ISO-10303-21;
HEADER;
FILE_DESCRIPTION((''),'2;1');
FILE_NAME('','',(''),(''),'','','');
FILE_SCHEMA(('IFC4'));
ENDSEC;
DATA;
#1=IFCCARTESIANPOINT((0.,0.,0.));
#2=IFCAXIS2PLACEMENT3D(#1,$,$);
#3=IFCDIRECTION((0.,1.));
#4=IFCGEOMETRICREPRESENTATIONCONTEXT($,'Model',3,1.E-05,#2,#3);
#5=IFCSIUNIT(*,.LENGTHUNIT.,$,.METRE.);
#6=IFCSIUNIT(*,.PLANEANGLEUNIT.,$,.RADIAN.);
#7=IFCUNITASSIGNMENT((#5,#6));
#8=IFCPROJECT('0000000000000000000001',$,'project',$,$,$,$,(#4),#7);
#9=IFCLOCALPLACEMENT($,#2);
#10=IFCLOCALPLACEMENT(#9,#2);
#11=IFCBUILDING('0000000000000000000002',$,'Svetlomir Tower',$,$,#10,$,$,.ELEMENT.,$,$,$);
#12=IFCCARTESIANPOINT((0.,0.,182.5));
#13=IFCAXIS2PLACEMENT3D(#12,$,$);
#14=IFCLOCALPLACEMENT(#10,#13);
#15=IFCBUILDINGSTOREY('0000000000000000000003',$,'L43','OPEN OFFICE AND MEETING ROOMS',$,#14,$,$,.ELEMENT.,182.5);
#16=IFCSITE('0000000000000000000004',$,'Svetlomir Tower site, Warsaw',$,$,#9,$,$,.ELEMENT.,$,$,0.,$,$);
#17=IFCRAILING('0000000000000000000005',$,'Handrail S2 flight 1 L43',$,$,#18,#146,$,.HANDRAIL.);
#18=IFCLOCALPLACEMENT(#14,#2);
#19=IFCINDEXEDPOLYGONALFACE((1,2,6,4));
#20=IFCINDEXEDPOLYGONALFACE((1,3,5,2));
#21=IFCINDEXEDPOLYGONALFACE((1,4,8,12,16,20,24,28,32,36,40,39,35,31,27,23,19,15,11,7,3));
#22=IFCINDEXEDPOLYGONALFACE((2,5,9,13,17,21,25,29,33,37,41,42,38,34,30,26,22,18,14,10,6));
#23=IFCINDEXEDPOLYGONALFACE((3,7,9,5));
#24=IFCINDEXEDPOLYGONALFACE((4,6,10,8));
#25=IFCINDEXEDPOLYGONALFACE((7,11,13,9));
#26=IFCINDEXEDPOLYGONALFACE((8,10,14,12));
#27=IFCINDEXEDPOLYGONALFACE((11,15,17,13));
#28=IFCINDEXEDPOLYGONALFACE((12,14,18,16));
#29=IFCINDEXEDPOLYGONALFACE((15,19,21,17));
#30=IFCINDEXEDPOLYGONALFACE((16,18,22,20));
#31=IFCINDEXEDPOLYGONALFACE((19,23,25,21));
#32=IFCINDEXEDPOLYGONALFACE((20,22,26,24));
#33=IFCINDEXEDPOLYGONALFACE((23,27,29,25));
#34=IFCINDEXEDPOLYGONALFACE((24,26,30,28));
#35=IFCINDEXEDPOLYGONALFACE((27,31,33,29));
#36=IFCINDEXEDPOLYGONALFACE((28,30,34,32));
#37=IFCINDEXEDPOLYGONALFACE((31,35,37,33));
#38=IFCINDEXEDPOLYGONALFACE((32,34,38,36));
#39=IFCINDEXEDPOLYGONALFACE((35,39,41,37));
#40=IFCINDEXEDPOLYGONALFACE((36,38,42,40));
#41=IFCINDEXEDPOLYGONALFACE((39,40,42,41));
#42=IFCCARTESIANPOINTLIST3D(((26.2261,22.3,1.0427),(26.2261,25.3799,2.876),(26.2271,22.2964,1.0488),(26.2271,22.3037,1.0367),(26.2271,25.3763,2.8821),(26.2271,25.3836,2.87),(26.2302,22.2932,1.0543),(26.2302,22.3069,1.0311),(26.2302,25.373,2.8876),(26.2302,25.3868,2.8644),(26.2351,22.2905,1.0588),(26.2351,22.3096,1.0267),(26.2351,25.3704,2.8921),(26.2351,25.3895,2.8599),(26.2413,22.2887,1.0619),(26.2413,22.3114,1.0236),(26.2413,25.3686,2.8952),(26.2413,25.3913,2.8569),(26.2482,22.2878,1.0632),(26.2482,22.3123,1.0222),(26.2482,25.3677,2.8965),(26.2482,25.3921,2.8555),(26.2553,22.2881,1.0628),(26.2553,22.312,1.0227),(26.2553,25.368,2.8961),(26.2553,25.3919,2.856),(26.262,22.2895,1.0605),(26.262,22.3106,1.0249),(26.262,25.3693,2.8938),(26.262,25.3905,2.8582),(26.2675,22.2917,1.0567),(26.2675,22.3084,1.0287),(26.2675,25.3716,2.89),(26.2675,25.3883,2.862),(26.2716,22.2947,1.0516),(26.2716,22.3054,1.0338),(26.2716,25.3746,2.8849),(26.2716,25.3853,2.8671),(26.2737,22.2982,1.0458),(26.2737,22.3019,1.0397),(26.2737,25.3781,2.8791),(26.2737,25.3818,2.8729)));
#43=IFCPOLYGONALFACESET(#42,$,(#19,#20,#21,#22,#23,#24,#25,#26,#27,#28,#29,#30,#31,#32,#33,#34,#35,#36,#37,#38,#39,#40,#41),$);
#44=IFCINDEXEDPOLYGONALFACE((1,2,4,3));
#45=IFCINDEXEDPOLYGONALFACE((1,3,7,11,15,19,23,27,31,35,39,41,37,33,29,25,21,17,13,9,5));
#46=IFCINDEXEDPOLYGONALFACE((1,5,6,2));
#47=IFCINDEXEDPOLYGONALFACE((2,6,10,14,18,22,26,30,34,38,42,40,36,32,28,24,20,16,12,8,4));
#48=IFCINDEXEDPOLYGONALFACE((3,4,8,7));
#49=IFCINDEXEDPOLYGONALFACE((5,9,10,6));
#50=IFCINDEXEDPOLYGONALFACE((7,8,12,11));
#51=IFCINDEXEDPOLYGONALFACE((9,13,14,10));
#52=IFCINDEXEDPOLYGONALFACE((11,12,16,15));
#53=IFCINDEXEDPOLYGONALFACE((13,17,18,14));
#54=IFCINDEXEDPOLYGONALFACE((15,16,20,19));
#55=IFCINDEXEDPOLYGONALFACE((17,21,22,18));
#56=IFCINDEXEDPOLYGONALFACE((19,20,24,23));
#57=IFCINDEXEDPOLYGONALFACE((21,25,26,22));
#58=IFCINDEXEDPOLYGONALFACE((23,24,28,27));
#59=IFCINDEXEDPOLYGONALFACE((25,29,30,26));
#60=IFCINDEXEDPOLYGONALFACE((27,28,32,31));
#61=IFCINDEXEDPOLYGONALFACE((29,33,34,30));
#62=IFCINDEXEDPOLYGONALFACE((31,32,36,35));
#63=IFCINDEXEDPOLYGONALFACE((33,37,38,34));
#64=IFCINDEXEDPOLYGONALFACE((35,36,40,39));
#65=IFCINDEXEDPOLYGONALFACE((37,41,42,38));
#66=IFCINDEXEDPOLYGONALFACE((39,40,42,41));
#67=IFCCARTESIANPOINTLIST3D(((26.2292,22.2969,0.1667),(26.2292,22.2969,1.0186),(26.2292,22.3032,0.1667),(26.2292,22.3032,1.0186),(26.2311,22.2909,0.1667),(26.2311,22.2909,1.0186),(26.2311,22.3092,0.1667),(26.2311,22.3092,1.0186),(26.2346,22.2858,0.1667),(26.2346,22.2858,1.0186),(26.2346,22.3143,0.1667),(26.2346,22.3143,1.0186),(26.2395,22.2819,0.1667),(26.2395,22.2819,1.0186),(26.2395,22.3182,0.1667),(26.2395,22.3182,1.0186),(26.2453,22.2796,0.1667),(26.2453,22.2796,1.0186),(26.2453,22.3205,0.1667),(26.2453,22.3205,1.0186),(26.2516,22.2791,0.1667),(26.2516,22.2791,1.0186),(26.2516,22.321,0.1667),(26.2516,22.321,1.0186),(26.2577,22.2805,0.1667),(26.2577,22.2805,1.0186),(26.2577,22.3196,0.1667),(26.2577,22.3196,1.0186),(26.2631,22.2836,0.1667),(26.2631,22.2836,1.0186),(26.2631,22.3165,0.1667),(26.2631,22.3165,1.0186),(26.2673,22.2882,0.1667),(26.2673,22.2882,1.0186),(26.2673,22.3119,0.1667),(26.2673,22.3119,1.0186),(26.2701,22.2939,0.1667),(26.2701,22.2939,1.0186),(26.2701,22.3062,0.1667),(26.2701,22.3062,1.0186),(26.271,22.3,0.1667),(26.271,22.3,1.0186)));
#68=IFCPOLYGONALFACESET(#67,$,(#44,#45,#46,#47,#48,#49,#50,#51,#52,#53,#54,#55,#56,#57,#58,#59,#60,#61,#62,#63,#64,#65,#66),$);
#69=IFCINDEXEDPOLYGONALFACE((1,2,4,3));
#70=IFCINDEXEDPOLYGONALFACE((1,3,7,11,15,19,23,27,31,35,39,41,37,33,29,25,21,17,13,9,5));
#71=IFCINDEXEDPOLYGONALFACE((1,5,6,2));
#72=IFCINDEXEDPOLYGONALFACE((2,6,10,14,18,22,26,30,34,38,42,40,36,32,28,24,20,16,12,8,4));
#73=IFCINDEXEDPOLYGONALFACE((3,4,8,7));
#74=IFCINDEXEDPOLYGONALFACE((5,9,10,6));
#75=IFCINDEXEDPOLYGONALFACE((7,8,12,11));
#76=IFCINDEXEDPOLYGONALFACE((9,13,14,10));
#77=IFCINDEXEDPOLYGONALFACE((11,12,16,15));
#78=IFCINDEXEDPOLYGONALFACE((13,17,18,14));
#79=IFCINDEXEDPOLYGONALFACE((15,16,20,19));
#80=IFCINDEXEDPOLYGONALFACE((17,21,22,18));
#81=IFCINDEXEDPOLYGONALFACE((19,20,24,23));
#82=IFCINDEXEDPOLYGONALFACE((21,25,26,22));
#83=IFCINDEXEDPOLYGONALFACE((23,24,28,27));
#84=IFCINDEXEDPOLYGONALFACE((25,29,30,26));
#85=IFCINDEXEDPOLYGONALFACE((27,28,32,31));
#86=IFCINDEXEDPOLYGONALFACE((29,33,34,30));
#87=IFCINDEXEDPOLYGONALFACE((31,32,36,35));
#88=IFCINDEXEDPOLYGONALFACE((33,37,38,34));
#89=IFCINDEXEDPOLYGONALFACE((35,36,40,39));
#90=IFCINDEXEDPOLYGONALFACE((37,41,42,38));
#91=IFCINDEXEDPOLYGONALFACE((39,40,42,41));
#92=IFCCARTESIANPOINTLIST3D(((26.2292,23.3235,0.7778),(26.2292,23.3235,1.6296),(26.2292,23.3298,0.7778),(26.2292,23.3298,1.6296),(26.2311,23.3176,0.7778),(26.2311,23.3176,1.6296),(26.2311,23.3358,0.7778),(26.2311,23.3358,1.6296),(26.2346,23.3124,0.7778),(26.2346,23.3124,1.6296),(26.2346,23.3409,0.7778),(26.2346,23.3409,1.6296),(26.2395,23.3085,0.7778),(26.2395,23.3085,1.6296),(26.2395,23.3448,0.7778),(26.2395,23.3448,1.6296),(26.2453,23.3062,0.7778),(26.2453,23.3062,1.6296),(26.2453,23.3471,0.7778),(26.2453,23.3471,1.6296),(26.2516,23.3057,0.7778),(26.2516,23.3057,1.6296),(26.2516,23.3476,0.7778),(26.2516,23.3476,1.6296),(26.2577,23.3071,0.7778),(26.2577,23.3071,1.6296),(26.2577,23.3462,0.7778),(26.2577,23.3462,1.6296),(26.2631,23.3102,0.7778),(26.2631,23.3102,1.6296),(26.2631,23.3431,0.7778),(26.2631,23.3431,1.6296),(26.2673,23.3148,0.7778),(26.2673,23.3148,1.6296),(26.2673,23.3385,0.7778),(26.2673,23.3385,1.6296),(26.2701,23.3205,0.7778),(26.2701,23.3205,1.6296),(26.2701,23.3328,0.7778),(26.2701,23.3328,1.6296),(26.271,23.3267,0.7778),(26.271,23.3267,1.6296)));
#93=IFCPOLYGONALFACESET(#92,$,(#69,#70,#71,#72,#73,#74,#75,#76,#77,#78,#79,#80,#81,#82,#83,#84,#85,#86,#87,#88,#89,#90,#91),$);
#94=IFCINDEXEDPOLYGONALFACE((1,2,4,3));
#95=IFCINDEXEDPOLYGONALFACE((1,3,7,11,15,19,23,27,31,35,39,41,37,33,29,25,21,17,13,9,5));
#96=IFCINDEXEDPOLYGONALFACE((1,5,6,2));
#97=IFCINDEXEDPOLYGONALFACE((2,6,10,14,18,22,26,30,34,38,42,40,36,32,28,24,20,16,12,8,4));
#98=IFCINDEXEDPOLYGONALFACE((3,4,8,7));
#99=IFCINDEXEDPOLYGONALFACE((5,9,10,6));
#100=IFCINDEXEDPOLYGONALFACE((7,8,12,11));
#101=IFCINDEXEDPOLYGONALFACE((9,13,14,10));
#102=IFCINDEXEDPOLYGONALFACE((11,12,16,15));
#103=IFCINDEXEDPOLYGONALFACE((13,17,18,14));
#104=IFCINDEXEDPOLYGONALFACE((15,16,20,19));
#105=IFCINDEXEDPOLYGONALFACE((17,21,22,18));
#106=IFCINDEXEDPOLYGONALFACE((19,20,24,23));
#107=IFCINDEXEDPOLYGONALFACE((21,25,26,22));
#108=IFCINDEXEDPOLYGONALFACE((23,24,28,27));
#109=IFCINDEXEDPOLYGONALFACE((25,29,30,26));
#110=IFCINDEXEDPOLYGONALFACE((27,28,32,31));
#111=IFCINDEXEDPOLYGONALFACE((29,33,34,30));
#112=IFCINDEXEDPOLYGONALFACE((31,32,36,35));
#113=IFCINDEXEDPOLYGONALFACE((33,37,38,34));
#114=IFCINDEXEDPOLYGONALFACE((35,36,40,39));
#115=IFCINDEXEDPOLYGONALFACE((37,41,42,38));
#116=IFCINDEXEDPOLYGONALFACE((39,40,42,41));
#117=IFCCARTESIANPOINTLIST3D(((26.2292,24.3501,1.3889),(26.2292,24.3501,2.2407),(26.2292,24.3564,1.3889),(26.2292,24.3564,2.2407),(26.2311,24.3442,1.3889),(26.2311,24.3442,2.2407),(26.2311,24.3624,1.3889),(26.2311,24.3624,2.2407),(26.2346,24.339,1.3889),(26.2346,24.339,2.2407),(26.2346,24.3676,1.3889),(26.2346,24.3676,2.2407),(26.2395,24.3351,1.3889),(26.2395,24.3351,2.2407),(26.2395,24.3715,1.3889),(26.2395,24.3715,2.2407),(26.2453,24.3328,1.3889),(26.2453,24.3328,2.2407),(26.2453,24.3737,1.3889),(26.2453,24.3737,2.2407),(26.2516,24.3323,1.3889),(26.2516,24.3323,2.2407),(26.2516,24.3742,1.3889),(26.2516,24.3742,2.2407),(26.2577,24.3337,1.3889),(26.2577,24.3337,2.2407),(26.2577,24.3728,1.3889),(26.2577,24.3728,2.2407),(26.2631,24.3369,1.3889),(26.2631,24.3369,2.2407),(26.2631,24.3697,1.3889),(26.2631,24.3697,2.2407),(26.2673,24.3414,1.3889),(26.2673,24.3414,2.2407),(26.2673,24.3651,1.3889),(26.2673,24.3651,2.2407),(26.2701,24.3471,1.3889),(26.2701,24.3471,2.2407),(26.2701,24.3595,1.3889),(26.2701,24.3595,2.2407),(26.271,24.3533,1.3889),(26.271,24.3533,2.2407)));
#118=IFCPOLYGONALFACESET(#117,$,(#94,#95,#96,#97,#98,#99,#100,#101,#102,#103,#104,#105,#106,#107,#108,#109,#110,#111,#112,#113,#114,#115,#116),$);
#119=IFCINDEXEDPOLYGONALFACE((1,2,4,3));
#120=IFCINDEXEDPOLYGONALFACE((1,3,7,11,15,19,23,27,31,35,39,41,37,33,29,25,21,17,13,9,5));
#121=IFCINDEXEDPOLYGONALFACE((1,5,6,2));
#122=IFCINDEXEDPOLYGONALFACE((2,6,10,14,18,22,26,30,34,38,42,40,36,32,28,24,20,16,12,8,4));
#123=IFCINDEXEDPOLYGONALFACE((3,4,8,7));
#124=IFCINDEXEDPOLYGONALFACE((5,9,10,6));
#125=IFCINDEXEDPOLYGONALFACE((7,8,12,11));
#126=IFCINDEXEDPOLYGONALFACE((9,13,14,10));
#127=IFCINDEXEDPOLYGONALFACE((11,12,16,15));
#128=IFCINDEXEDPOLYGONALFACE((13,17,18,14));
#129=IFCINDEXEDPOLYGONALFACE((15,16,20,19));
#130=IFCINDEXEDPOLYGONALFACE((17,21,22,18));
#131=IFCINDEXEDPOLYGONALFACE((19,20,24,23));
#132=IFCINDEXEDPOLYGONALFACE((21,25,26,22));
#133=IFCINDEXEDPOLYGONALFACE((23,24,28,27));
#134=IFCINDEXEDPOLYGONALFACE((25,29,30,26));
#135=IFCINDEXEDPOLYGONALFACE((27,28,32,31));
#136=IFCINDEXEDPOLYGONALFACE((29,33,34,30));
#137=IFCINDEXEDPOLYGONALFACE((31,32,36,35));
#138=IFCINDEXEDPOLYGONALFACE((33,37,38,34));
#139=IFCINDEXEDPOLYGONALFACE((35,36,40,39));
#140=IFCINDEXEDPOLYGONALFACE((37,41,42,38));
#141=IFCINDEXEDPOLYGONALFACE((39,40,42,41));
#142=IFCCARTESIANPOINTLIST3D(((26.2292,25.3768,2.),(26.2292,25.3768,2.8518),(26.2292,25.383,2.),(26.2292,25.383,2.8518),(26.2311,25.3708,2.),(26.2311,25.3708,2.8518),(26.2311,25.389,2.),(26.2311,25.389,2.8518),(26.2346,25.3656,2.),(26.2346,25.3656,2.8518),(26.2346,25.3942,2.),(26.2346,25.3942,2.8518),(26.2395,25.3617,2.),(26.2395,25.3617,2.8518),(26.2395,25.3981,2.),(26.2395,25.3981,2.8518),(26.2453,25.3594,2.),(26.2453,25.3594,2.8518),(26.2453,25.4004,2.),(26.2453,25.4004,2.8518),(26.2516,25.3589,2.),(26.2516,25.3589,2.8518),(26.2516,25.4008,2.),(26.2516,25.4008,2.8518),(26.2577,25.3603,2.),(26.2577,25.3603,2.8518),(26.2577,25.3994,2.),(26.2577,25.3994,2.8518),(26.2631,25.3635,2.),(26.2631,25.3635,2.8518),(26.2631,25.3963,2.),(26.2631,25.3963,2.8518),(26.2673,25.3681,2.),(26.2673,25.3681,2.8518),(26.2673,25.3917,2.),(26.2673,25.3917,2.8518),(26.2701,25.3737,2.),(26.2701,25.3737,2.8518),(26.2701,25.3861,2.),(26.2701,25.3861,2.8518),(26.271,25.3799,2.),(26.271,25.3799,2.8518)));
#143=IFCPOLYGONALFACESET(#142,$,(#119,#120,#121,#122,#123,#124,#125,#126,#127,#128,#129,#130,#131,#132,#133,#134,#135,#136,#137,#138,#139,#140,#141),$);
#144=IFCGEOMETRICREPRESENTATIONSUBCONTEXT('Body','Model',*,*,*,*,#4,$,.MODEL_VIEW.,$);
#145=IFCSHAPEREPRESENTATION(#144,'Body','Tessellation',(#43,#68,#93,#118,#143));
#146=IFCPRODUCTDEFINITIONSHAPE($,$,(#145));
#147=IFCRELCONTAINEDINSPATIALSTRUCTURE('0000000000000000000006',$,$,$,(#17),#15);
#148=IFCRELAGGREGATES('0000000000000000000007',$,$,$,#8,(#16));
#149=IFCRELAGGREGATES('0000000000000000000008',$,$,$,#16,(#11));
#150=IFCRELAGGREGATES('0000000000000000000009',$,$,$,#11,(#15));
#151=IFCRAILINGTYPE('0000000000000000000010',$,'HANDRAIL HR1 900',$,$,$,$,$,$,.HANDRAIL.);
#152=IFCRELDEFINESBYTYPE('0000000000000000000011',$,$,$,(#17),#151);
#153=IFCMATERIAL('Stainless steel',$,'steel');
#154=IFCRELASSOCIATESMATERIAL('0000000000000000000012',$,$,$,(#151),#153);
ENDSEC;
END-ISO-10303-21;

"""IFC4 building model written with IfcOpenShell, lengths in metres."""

from ifc_helpers import new_model, si_unit, direction, frame, origin, origin_2d, place, context, subcontext, project, spatial, circle, extrude, material, type_object, element, save


model = new_model("IFC4")

# Units and contexts
model_context = context("Model", 3, precision=1e-05, world=origin(), true_north=direction((0.0, 1.0)))
body_context = subcontext(model_context, "Body", "Model", "MODEL_VIEW")
ifc_project = project(units=[si_unit("LENGTHUNIT", "METRE"), si_unit("PLANEANGLEUNIT", "RADIAN")], contexts=[model_context])

# Site, building, storey
site_placement = place(None, origin())
site = spatial("IfcSite", under=ifc_project, at=site_placement, Name="Svetlomir Tower site, Warsaw", CompositionType="ELEMENT", RefElevation=0.0)
building_placement = place(site_placement, origin())
building = spatial("IfcBuilding", under=site, at=building_placement, Name="Svetlomir Tower", CompositionType="ELEMENT")
storey_placement = place(building_placement, frame((0.0, 0.0, 182.5)))
storey = spatial("IfcBuildingStorey", under=building, at=storey_placement, Name="L43", Description="OPEN OFFICE AND MEETING ROOMS", CompositionType="ELEMENT", Elevation=182.5)

# Railing
ifc_material_1 = material(Name="Stainless steel", Category="steel")
railing_type = type_object("IfcRailingType", Name="HANDRAIL HR1 900", PredefinedType="HANDRAIL", material=ifc_material_1)
railing_placement = place(storey_placement, frame((26.25, 22.3, 0.1667)))
element("IfcRailing", 1, at=railing_placement, inside=storey, type_object=railing_type, Name="Handrail S2 flight 1 L43", PredefinedType="HANDRAIL", context=body_context, shape_type="SweptSolid", body=[
    extrude(circle(Radius=0.0239, at=origin_2d()), frame((0.0, 0.0, 0.876), z_axis=(0.0, 0.859291, 0.511487), x_axis=(-1.0, 0.0, 0.0)), (0.0, 0.0, 1.0), 3.5842),
    extrude(circle(Radius=0.021, at=origin_2d()), origin(), (0.0, 0.0, 1.0), 0.8518),
    extrude(circle(Radius=0.021, at=origin_2d()), frame((0.0, 1.0266, 0.6111)), (0.0, 0.0, 1.0), 0.8518),
    extrude(circle(Radius=0.021, at=origin_2d()), frame((0.0, 2.0532, 1.2222)), (0.0, 0.0, 1.0), 0.8518),
    extrude(circle(Radius=0.021, at=origin_2d()), frame((0.0, 3.0798, 1.8333)), (0.0, 0.0, 1.0), 0.8518),
])

save(model, "model.ifc")
